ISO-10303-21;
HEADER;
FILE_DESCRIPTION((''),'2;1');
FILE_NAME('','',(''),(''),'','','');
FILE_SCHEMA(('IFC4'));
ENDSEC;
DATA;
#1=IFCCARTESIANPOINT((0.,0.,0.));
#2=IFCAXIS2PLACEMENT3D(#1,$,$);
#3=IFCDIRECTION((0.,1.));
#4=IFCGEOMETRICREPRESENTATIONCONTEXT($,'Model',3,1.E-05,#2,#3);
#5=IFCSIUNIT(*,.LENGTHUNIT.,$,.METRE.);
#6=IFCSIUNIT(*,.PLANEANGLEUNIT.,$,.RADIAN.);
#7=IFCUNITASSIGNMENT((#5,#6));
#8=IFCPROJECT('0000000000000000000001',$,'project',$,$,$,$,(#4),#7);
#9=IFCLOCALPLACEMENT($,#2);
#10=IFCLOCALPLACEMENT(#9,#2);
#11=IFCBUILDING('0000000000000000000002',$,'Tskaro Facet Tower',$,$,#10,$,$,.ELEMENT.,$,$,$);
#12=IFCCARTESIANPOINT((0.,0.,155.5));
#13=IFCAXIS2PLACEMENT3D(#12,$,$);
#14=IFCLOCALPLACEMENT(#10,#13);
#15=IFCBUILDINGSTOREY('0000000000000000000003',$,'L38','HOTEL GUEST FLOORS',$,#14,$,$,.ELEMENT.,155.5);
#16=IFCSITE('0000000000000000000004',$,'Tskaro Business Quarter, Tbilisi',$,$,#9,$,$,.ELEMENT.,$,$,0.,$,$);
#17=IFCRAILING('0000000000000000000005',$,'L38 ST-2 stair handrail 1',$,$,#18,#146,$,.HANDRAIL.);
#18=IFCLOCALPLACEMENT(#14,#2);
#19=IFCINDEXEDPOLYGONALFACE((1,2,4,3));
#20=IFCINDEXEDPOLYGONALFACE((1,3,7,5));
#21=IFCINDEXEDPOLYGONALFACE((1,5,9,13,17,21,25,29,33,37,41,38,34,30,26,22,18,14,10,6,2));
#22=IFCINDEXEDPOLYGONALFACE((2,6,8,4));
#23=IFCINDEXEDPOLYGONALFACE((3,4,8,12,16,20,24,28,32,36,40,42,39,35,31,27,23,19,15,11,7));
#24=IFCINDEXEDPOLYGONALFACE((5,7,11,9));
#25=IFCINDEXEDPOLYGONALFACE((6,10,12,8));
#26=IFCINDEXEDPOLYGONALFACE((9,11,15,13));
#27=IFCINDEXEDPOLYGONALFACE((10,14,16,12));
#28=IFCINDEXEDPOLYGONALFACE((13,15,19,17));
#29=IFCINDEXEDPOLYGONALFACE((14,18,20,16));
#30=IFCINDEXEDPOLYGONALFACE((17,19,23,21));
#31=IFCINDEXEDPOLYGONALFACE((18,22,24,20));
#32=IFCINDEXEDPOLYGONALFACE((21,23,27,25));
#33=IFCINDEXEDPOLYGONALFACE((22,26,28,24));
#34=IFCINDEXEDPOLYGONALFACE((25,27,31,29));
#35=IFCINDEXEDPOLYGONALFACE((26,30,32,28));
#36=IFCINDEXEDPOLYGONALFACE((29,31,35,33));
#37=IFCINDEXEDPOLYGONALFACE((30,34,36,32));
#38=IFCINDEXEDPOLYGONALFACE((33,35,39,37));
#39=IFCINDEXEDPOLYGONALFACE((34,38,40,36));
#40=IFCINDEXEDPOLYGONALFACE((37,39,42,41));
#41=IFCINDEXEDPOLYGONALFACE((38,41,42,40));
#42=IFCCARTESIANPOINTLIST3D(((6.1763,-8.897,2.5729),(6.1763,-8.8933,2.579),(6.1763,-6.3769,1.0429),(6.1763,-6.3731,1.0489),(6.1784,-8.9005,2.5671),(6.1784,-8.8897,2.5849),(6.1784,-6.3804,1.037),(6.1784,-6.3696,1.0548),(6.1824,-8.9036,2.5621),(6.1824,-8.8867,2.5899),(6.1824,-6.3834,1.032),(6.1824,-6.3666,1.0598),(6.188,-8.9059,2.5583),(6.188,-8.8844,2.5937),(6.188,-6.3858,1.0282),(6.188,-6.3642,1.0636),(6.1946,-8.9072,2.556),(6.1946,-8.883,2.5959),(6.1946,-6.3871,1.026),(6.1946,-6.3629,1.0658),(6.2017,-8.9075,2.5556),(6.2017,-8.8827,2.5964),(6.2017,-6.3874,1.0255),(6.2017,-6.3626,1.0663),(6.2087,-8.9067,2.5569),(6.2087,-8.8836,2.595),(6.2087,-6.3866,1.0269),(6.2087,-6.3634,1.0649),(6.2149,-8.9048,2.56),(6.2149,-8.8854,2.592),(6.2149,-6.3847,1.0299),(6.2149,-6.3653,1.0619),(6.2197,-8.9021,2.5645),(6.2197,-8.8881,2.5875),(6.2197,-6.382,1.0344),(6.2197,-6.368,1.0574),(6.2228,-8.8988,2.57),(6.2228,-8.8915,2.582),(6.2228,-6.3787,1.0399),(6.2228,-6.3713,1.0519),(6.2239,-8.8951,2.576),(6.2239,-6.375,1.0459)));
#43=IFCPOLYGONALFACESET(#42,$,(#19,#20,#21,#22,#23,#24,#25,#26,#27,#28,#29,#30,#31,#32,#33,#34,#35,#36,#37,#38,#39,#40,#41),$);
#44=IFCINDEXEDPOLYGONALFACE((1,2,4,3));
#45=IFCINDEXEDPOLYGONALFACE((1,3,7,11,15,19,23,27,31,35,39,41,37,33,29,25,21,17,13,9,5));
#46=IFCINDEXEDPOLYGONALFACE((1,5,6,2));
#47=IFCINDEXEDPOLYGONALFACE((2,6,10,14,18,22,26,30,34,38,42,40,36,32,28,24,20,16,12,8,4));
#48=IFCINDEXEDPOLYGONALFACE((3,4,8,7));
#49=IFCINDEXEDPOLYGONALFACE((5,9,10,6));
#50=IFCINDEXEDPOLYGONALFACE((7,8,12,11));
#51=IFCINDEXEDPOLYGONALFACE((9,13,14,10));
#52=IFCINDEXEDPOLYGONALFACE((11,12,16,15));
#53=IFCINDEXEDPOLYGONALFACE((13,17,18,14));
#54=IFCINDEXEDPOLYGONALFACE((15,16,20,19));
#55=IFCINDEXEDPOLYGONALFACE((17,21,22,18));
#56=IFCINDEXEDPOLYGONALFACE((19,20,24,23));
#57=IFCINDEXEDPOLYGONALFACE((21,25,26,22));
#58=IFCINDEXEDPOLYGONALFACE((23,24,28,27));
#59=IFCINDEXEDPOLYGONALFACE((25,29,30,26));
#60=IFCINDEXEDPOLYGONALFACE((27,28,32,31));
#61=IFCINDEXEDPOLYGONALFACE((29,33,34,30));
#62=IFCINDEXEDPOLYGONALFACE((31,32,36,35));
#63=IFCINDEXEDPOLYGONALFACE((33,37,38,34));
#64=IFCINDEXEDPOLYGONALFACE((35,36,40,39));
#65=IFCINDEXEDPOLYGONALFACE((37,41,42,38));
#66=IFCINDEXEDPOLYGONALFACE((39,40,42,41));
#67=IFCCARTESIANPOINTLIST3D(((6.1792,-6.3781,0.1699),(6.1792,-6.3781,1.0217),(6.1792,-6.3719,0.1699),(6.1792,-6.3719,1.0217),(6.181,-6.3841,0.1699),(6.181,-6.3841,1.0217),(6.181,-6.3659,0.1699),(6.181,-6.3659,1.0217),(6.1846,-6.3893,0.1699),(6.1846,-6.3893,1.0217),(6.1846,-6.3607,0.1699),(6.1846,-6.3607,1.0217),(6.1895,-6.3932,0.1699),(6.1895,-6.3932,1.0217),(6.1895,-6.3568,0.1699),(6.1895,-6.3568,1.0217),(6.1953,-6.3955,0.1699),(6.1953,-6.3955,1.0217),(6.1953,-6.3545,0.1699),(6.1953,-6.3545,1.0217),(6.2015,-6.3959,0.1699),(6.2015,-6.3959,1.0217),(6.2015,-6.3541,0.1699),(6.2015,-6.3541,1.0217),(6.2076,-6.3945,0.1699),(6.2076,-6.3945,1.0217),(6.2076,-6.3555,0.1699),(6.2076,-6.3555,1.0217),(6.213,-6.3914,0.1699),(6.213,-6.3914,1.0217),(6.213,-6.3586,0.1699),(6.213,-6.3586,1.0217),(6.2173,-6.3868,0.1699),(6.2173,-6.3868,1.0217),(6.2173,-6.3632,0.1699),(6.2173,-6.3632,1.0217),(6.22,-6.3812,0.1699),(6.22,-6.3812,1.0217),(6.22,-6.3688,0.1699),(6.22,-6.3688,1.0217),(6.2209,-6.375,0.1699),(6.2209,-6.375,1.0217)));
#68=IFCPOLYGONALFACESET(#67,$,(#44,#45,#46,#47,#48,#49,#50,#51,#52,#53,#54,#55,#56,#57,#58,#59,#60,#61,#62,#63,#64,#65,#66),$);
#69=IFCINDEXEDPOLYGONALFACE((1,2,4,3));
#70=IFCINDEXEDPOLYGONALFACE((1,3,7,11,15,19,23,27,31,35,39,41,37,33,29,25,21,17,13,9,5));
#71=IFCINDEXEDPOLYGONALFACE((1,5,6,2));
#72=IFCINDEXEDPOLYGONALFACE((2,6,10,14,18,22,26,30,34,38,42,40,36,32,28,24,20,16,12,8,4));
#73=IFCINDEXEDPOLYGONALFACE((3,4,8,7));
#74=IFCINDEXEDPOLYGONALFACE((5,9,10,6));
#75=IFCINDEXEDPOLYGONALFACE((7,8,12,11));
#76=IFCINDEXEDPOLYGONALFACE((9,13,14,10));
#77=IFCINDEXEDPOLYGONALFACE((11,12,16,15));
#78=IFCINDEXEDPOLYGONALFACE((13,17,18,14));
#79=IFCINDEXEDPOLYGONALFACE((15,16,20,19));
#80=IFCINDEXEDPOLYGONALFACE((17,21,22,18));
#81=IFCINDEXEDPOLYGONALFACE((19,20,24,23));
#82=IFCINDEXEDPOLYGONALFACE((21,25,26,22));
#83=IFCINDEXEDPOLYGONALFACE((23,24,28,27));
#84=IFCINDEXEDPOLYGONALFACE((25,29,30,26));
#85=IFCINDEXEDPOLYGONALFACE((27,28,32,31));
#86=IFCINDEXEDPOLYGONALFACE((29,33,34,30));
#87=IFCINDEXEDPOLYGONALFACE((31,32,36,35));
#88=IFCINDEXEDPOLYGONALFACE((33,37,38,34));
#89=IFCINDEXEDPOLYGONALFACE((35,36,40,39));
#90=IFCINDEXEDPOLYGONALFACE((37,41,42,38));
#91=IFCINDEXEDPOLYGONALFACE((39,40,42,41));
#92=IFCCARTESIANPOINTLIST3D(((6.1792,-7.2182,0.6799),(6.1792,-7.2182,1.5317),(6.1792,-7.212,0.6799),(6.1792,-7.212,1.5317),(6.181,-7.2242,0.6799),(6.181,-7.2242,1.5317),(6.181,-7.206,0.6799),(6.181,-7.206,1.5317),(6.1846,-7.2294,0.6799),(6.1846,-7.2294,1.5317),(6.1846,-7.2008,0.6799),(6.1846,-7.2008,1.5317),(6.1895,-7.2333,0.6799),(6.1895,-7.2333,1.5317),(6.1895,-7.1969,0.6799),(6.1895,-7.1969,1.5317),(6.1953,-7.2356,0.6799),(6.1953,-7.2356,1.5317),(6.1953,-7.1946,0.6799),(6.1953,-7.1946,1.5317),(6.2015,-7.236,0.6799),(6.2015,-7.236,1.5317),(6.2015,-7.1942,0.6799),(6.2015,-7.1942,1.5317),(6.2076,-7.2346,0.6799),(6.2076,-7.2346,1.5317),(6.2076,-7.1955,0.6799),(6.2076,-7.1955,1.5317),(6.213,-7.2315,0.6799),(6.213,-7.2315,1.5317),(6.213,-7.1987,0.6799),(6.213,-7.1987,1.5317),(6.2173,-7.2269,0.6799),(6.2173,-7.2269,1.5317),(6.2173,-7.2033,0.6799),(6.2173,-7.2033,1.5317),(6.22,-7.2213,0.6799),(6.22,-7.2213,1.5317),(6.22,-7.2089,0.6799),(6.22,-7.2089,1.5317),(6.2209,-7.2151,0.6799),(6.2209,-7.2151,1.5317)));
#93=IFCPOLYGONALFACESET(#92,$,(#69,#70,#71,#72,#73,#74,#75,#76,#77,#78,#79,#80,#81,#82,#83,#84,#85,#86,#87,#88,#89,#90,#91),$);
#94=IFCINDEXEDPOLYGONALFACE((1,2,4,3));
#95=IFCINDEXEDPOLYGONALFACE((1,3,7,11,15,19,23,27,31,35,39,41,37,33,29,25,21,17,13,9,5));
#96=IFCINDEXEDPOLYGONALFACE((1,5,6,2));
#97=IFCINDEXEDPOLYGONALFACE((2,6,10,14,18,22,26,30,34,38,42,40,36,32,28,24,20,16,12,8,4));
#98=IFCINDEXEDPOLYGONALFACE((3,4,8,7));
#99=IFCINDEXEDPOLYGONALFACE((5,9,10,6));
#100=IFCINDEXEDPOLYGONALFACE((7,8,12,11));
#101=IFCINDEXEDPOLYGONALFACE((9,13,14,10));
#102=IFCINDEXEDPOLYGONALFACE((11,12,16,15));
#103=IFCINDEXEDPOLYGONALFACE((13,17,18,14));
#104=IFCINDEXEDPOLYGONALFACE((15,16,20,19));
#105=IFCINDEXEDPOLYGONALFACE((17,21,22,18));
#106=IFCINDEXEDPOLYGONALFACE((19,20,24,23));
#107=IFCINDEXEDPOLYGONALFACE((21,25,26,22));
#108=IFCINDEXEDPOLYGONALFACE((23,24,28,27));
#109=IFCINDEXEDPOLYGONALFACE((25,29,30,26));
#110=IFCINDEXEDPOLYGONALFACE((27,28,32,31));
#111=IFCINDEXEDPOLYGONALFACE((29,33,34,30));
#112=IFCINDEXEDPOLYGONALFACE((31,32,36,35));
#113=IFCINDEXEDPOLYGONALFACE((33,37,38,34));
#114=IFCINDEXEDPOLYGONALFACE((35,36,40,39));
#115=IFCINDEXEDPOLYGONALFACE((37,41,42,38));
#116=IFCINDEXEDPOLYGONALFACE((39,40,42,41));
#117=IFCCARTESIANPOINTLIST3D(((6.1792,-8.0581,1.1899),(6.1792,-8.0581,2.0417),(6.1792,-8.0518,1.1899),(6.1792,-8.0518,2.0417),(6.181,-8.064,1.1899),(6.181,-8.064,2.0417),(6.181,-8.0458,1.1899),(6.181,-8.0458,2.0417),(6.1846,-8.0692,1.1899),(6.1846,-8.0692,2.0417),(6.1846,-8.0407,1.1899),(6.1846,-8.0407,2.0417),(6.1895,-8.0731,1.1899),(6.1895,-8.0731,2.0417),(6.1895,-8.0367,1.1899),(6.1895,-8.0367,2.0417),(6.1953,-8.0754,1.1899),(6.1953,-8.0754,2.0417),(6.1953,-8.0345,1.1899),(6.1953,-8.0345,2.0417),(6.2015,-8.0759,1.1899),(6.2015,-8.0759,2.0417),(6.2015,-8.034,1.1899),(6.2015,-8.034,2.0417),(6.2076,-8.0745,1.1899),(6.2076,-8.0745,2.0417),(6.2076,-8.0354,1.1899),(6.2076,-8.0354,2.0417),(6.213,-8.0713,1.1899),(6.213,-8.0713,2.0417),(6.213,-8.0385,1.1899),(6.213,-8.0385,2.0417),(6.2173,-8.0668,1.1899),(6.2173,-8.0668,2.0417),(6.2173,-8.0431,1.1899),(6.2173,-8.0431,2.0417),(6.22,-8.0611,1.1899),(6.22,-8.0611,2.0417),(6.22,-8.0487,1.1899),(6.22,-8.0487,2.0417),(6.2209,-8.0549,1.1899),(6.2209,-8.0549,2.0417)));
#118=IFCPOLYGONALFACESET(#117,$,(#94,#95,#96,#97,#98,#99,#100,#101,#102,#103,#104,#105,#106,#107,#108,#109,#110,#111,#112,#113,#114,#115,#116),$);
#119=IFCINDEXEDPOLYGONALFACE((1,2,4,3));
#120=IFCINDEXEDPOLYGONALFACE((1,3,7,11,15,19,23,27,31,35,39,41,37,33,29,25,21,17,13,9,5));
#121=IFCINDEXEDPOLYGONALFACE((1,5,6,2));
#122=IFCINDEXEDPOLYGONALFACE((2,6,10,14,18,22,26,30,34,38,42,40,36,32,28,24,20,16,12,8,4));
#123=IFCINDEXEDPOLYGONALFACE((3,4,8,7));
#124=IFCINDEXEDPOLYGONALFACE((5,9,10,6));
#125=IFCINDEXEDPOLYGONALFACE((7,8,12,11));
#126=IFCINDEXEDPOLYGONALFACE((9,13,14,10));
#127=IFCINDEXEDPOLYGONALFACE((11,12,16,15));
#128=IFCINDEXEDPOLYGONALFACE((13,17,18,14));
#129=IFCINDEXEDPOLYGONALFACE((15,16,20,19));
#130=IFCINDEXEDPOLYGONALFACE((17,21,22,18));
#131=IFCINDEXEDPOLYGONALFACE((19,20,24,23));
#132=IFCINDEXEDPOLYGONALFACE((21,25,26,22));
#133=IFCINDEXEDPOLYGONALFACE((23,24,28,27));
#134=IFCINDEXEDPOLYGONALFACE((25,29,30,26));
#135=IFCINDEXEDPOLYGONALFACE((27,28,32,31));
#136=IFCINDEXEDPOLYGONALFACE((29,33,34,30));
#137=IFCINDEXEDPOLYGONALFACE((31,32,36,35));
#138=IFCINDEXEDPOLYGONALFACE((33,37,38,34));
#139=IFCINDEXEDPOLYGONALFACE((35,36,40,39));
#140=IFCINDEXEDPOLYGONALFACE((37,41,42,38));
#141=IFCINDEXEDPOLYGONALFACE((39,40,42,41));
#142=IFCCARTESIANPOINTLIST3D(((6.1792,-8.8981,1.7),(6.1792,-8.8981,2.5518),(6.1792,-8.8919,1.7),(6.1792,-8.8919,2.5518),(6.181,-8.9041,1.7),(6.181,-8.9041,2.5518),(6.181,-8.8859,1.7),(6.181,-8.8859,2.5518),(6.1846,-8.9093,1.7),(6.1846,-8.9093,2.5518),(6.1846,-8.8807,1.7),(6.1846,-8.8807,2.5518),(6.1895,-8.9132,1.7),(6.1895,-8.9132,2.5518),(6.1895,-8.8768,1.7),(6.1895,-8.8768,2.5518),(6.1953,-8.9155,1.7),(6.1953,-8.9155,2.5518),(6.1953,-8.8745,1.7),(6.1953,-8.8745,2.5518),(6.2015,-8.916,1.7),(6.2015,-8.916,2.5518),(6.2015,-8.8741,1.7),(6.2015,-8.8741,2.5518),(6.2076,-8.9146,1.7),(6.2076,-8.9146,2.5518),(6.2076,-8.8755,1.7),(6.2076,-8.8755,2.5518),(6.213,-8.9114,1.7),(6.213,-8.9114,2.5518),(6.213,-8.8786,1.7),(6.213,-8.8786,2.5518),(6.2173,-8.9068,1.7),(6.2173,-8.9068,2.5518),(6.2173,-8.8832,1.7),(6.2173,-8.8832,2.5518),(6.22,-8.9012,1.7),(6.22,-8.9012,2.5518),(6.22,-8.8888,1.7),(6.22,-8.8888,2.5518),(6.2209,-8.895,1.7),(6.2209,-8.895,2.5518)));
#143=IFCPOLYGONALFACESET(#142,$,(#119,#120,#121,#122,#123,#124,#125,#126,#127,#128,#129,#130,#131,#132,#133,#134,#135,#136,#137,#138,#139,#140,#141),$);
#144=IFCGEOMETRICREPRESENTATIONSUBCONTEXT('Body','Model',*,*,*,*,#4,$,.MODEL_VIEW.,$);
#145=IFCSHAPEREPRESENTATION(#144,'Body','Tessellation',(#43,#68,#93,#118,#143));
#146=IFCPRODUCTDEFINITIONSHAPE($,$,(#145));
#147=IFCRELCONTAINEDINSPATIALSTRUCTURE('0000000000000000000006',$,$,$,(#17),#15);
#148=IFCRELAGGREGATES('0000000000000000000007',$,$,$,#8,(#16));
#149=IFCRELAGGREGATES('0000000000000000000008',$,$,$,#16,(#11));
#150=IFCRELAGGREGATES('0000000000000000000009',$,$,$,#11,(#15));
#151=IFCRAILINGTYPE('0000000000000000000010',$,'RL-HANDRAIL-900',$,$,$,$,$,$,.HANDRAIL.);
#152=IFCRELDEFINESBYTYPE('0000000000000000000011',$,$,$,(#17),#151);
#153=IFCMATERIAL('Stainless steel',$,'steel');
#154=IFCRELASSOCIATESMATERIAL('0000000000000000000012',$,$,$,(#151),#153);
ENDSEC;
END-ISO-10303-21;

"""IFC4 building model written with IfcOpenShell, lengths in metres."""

from ifc_helpers import new_model, si_unit, direction, frame, origin, origin_2d, place, context, subcontext, project, spatial, circle, extrude, material, type_object, element, save


model = new_model("IFC4")

# Units and contexts
model_context = context("Model", 3, precision=1e-05, world=origin(), true_north=direction((0.0, 1.0)))
body_context = subcontext(model_context, "Body", "Model", "MODEL_VIEW")
ifc_project = project(units=[si_unit("LENGTHUNIT", "METRE"), si_unit("PLANEANGLEUNIT", "RADIAN")], contexts=[model_context])

# Site, building, storey
site_placement = place(None, origin())
site = spatial("IfcSite", under=ifc_project, at=site_placement, Name="Tskaro Business Quarter, Tbilisi", CompositionType="ELEMENT", RefElevation=0.0)
building_placement = place(site_placement, origin())
building = spatial("IfcBuilding", under=site, at=building_placement, Name="Tskaro Facet Tower", CompositionType="ELEMENT")
storey_placement = place(building_placement, frame((0.0, 0.0, 155.5)))
storey = spatial("IfcBuildingStorey", under=building, at=storey_placement, Name="L38", Description="HOTEL GUEST FLOORS", CompositionType="ELEMENT", Elevation=155.5)

# Railing
ifc_material_1 = material(Name="Stainless steel", Category="steel")
railing_type_1 = type_object("IfcRailingType", Name="RL-HANDRAIL-900", PredefinedType="HANDRAIL", material=ifc_material_1)
railing_1_placement = place(storey_placement, frame((6.2, -6.375, 0.1699)))
element("IfcRailing", 1, at=railing_1_placement, inside=storey, type_object=railing_type_1, Name="L38 ST-2 stair handrail 1", PredefinedType="HANDRAIL", context=body_context, shape_type="SweptSolid", body=[
    extrude(circle(Radius=0.0239, at=origin_2d()), frame((0.0, 0.0, 0.876), z_axis=(0.0, -0.854785, 0.518982), x_axis=(1.0, 0.0, 0.0)), (0.0, 0.0, 1.0), 2.9482),
    extrude(circle(Radius=0.021, at=origin_2d()), origin(), (0.0, 0.0, 1.0), 0.8518),
    extrude(circle(Radius=0.021, at=origin_2d()), frame((0.0, -0.8401, 0.51)), (0.0, 0.0, 1.0), 0.8518),
    extrude(circle(Radius=0.021, at=origin_2d()), frame((0.0, -1.6799, 1.02)), (0.0, 0.0, 1.0), 0.8518),
    extrude(circle(Radius=0.021, at=origin_2d()), frame((0.0, -2.52, 1.53)), (0.0, 0.0, 1.0), 0.8518),
])

save(model, "model.ifc")
